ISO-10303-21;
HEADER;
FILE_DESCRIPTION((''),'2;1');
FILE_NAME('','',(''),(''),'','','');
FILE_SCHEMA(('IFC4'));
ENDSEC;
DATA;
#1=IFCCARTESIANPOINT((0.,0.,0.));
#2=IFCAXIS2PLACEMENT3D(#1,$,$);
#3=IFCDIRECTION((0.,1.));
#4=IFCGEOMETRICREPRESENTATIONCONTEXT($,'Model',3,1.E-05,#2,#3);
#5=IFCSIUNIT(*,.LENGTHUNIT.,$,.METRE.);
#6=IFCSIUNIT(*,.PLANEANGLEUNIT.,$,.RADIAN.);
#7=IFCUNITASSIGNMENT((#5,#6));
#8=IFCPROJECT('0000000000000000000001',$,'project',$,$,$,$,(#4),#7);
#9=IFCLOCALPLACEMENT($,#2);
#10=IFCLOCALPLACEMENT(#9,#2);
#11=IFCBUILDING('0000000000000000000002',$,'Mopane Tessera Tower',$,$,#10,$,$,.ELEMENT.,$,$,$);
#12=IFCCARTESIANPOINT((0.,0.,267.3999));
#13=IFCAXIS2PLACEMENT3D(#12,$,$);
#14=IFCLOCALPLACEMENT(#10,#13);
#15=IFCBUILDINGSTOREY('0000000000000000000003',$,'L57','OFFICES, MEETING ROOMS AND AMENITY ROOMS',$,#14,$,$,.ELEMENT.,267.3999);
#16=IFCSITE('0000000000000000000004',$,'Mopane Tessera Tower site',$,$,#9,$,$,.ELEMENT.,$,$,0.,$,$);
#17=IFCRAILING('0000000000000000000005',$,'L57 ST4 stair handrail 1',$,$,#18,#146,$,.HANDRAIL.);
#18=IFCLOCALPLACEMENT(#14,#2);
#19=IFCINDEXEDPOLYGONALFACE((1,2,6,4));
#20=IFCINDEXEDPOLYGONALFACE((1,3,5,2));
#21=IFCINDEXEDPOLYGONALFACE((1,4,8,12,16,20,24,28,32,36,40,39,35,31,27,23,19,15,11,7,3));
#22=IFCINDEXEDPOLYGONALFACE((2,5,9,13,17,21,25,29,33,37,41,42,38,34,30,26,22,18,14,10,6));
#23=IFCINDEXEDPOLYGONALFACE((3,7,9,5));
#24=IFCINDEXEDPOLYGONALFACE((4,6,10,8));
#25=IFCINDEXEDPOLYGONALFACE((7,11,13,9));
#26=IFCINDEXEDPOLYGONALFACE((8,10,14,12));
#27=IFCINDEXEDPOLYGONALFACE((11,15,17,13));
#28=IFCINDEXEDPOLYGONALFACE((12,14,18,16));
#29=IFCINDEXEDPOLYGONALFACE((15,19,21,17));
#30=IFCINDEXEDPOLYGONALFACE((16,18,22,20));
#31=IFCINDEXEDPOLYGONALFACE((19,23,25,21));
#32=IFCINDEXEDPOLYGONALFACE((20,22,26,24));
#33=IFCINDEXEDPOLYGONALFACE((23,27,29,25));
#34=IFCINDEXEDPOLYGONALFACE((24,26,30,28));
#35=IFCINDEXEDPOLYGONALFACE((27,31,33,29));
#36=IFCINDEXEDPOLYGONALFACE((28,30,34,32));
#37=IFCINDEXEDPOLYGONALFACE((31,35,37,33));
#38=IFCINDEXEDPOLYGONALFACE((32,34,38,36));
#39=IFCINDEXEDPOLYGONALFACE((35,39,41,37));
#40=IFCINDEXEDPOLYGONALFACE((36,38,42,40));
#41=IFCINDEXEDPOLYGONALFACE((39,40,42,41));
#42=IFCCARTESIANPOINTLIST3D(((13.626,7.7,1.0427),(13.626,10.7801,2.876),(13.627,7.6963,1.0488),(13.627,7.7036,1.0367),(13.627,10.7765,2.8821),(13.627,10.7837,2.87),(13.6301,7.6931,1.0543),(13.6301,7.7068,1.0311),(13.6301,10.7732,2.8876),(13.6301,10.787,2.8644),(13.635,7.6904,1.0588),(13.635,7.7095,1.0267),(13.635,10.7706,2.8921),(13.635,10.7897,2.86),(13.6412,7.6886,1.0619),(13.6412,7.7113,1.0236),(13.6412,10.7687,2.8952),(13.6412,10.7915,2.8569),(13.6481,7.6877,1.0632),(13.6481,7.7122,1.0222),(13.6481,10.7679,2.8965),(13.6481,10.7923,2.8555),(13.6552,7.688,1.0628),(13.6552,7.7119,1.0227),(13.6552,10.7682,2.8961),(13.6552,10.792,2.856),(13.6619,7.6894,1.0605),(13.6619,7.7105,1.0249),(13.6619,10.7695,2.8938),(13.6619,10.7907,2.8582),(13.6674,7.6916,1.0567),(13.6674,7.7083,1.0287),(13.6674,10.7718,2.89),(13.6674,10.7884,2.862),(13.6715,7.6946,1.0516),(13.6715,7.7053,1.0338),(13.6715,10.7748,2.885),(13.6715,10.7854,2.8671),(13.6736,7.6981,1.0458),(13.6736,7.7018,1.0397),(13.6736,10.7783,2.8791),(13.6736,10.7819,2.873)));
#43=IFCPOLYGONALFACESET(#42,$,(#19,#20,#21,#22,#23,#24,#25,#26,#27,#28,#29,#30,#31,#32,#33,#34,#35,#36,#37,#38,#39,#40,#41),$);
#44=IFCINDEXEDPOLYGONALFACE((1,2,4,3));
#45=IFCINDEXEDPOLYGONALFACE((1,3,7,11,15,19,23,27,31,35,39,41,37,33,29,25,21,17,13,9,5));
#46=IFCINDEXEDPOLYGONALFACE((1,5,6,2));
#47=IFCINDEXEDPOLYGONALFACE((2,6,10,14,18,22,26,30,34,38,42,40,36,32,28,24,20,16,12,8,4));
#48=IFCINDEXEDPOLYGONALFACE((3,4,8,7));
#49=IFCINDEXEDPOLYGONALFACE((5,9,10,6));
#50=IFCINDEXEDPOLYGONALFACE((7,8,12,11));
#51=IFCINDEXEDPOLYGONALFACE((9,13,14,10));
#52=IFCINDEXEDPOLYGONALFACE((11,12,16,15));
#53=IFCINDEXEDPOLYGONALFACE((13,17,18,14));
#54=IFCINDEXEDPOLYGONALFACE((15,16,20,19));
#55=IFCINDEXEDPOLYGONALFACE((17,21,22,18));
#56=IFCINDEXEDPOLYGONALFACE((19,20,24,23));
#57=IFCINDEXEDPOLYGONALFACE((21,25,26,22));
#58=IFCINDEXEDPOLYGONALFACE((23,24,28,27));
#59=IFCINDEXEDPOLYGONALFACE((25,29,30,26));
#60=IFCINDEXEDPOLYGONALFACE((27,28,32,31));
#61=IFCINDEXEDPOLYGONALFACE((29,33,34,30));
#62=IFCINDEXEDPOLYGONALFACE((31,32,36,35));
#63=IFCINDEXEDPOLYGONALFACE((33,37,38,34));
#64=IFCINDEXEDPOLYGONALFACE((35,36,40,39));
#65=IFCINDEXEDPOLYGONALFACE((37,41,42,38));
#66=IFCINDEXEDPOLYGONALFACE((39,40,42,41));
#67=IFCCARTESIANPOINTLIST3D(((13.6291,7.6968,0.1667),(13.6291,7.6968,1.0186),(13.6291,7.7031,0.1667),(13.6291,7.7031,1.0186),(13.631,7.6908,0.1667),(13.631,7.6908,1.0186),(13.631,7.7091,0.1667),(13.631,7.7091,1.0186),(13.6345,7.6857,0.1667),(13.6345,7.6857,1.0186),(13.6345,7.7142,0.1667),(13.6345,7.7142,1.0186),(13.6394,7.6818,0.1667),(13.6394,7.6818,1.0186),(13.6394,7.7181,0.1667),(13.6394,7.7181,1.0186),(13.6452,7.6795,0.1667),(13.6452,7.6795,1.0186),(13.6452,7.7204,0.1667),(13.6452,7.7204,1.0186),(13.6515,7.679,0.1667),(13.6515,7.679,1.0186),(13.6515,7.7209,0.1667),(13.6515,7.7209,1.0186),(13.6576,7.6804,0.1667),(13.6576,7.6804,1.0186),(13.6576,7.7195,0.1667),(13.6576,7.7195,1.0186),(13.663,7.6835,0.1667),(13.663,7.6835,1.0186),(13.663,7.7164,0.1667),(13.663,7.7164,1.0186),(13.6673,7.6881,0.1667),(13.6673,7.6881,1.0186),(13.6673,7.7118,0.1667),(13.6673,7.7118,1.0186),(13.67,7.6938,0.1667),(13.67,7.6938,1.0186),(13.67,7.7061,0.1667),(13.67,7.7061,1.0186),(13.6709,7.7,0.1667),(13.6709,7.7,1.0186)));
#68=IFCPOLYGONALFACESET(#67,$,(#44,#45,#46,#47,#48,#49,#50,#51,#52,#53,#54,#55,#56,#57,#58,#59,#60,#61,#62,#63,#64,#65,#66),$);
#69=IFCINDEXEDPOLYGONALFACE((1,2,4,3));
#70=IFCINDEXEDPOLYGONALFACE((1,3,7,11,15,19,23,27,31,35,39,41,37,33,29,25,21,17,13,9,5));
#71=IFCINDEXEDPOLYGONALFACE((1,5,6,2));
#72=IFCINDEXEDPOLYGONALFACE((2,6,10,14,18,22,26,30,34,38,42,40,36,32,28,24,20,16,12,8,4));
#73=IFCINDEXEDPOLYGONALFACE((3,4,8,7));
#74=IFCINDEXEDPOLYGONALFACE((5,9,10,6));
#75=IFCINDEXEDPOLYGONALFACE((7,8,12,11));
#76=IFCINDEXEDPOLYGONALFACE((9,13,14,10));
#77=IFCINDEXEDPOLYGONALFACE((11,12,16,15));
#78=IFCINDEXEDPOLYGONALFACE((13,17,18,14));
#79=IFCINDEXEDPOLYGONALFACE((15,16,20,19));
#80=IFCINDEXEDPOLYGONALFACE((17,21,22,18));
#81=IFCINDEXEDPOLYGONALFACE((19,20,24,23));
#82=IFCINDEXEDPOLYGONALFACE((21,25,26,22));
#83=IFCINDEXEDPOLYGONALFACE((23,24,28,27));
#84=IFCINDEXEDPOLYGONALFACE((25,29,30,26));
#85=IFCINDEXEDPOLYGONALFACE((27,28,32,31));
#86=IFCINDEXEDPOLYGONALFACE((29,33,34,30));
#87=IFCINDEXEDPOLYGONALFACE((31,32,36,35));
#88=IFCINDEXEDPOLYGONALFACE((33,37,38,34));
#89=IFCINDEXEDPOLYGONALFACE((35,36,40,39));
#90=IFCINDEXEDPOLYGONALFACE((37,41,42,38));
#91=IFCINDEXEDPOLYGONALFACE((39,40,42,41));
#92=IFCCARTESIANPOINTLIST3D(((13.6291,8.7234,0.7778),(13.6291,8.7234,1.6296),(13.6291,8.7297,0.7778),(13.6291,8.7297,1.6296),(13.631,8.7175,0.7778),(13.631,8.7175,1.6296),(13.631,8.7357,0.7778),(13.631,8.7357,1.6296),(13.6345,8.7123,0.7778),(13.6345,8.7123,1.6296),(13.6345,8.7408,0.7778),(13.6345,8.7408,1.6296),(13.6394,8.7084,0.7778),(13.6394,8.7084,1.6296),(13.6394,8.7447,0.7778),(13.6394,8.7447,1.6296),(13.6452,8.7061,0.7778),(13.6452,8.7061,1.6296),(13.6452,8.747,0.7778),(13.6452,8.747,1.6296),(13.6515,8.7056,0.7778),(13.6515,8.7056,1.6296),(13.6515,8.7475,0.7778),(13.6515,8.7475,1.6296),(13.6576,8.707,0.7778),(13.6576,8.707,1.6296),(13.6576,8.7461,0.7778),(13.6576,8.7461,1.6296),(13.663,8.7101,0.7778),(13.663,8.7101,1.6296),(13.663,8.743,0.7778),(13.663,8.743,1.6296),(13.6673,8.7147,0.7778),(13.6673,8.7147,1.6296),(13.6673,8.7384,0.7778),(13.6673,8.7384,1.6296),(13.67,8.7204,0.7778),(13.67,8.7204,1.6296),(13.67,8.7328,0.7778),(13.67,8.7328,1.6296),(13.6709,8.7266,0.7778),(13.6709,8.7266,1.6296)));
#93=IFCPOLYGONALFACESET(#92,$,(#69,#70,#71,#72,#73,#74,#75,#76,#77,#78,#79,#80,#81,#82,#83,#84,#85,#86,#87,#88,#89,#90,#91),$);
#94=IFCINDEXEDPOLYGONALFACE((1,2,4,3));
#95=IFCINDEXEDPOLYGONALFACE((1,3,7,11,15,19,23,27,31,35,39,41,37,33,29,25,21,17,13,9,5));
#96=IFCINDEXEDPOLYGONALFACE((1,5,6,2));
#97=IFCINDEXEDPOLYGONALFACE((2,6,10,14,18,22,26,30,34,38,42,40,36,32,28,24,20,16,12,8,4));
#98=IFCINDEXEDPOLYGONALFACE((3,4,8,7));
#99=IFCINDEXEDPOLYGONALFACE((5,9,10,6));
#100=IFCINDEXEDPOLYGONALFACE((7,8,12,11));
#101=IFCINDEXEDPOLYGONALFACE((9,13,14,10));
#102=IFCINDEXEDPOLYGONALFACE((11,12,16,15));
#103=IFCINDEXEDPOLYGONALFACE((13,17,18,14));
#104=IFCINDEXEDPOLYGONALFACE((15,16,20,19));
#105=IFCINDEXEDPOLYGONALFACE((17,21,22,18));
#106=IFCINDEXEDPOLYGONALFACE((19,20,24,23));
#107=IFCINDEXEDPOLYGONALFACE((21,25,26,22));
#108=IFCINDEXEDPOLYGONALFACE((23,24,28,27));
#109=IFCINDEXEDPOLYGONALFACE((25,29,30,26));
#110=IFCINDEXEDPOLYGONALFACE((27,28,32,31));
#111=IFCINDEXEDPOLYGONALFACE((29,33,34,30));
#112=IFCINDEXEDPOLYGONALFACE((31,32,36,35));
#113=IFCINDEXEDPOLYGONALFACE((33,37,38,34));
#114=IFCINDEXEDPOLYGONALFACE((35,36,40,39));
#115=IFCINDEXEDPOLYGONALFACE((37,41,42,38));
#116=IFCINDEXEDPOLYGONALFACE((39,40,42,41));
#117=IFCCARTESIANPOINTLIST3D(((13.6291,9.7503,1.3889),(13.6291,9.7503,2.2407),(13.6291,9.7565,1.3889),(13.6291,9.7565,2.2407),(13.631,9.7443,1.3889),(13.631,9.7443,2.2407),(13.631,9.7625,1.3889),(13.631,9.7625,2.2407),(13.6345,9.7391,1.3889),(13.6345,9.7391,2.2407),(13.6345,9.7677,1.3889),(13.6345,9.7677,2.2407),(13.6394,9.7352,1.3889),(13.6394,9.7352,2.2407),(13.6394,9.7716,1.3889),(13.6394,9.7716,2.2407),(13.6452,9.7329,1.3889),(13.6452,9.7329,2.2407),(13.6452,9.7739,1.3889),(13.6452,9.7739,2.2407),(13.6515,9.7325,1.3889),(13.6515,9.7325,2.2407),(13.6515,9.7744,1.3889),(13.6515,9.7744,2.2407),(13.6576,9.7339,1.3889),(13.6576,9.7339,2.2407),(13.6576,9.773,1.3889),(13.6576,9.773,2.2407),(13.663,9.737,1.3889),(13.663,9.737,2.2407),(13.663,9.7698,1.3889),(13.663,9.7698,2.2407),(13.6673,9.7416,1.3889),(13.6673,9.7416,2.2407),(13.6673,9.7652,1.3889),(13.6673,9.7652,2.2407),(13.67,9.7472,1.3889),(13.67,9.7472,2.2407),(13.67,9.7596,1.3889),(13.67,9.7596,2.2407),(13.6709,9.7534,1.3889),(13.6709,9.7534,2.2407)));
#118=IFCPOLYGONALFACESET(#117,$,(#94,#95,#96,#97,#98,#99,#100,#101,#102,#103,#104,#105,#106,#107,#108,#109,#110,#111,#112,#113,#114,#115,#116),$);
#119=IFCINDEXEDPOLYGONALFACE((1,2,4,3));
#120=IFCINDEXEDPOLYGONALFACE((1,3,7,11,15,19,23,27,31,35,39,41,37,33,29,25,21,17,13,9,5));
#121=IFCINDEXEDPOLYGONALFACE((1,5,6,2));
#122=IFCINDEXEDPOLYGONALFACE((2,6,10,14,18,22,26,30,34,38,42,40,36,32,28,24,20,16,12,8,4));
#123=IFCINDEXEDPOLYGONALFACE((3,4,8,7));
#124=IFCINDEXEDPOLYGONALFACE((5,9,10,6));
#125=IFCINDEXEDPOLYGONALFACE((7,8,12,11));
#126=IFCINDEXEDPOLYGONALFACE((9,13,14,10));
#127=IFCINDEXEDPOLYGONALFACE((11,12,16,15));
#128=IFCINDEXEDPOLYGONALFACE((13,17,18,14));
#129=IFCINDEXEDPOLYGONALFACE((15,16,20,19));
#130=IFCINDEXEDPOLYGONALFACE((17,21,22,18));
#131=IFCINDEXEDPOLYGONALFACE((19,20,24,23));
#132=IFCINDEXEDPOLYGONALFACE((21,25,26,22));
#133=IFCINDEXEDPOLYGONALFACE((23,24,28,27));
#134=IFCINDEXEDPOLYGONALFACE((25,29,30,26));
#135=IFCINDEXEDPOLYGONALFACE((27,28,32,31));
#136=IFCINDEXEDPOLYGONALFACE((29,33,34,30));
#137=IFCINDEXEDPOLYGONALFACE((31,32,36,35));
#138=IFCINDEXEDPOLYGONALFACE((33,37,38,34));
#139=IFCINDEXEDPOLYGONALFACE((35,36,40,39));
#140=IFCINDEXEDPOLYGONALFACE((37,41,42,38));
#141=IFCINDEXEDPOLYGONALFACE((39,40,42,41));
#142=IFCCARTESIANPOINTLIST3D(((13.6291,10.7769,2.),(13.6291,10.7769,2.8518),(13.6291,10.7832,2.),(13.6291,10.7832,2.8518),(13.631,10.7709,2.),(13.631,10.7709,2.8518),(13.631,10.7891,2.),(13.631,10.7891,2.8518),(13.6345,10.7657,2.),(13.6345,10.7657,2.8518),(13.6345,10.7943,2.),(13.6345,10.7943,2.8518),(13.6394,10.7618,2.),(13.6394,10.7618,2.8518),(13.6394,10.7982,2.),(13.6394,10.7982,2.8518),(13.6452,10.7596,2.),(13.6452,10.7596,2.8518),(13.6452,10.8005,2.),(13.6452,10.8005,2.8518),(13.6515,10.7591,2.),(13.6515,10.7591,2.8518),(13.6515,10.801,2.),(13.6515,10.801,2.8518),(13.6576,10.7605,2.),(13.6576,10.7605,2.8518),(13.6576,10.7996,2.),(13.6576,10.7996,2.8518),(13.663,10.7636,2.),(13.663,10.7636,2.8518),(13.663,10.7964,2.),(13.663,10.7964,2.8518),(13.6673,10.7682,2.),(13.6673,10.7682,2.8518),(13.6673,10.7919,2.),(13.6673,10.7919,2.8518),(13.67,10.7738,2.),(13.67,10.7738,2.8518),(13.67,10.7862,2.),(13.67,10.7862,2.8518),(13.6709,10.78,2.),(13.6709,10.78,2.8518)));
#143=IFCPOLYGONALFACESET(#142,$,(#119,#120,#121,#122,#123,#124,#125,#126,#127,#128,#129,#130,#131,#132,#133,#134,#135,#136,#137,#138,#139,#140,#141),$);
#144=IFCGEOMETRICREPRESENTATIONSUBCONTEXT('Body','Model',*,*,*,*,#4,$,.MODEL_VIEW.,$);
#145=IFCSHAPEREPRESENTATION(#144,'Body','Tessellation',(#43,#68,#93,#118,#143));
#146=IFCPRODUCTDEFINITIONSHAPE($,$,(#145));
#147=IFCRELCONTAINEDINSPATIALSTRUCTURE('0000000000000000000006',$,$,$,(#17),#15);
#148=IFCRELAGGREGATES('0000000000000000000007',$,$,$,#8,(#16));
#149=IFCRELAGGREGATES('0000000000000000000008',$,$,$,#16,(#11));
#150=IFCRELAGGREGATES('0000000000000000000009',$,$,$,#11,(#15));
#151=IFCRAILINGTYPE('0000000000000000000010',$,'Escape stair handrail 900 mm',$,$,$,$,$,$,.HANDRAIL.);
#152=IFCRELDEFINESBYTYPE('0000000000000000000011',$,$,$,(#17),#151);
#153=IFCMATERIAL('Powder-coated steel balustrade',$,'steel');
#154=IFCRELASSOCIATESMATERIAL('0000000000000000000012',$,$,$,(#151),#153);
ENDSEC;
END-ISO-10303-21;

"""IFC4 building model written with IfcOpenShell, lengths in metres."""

from ifc_helpers import new_model, si_unit, direction, frame, origin, origin_2d, place, context, subcontext, project, spatial, circle, extrude, material, type_object, element, save


model = new_model("IFC4")

# Units and contexts
model_context = context("Model", 3, precision=1e-05, world=origin(), true_north=direction((0.0, 1.0)))
body_context = subcontext(model_context, "Body", "Model", "MODEL_VIEW")
ifc_project = project(units=[si_unit("LENGTHUNIT", "METRE"), si_unit("PLANEANGLEUNIT", "RADIAN")], contexts=[model_context])

# Site, building, storey
site_placement = place(None, origin())
site = spatial("IfcSite", under=ifc_project, at=site_placement, Name="Mopane Tessera Tower site", CompositionType="ELEMENT", RefElevation=0.0)
building_placement = place(site_placement, origin())
building = spatial("IfcBuilding", under=site, at=building_placement, Name="Mopane Tessera Tower", CompositionType="ELEMENT")
storey_placement = place(building_placement, frame((0.0, 0.0, 267.3999)))
storey = spatial("IfcBuildingStorey", under=building, at=storey_placement, Name="L57", Description="OFFICES, MEETING ROOMS AND AMENITY ROOMS", CompositionType="ELEMENT", Elevation=267.3999)

# Railing
ifc_material_1 = material(Name="Powder-coated steel balustrade", Category="steel")
railing_type_1 = type_object("IfcRailingType", Name="Escape stair handrail 900 mm", PredefinedType="HANDRAIL", material=ifc_material_1)
railing_1_placement = place(storey_placement, frame((13.6499, 7.7, 0.1667)))
element("IfcRailing", 1, at=railing_1_placement, inside=storey, type_object=railing_type_1, Name="L57 ST4 stair handrail 1", PredefinedType="HANDRAIL", context=body_context, shape_type="SweptSolid", body=[
    extrude(circle(Radius=0.0239, at=origin_2d()), frame((0.0, 0.0, 0.876), z_axis=(0.0, 0.859309, 0.511458), x_axis=(-1.0, 0.0, 0.0)), (0.0, 0.0, 1.0), 3.5845),
    extrude(circle(Radius=0.021, at=origin_2d()), origin(), (0.0, 0.0, 1.0), 0.8518),
    extrude(circle(Radius=0.021, at=origin_2d()), frame((0.0, 1.0266, 0.6111)), (0.0, 0.0, 1.0), 0.8518),
    extrude(circle(Radius=0.021, at=origin_2d()), frame((0.0, 2.0535, 1.2222)), (0.0, 0.0, 1.0), 0.8518),
    extrude(circle(Radius=0.021, at=origin_2d()), frame((0.0, 3.0801, 1.8333)), (0.0, 0.0, 1.0), 0.8518),
])

save(model, "model.ifc")
